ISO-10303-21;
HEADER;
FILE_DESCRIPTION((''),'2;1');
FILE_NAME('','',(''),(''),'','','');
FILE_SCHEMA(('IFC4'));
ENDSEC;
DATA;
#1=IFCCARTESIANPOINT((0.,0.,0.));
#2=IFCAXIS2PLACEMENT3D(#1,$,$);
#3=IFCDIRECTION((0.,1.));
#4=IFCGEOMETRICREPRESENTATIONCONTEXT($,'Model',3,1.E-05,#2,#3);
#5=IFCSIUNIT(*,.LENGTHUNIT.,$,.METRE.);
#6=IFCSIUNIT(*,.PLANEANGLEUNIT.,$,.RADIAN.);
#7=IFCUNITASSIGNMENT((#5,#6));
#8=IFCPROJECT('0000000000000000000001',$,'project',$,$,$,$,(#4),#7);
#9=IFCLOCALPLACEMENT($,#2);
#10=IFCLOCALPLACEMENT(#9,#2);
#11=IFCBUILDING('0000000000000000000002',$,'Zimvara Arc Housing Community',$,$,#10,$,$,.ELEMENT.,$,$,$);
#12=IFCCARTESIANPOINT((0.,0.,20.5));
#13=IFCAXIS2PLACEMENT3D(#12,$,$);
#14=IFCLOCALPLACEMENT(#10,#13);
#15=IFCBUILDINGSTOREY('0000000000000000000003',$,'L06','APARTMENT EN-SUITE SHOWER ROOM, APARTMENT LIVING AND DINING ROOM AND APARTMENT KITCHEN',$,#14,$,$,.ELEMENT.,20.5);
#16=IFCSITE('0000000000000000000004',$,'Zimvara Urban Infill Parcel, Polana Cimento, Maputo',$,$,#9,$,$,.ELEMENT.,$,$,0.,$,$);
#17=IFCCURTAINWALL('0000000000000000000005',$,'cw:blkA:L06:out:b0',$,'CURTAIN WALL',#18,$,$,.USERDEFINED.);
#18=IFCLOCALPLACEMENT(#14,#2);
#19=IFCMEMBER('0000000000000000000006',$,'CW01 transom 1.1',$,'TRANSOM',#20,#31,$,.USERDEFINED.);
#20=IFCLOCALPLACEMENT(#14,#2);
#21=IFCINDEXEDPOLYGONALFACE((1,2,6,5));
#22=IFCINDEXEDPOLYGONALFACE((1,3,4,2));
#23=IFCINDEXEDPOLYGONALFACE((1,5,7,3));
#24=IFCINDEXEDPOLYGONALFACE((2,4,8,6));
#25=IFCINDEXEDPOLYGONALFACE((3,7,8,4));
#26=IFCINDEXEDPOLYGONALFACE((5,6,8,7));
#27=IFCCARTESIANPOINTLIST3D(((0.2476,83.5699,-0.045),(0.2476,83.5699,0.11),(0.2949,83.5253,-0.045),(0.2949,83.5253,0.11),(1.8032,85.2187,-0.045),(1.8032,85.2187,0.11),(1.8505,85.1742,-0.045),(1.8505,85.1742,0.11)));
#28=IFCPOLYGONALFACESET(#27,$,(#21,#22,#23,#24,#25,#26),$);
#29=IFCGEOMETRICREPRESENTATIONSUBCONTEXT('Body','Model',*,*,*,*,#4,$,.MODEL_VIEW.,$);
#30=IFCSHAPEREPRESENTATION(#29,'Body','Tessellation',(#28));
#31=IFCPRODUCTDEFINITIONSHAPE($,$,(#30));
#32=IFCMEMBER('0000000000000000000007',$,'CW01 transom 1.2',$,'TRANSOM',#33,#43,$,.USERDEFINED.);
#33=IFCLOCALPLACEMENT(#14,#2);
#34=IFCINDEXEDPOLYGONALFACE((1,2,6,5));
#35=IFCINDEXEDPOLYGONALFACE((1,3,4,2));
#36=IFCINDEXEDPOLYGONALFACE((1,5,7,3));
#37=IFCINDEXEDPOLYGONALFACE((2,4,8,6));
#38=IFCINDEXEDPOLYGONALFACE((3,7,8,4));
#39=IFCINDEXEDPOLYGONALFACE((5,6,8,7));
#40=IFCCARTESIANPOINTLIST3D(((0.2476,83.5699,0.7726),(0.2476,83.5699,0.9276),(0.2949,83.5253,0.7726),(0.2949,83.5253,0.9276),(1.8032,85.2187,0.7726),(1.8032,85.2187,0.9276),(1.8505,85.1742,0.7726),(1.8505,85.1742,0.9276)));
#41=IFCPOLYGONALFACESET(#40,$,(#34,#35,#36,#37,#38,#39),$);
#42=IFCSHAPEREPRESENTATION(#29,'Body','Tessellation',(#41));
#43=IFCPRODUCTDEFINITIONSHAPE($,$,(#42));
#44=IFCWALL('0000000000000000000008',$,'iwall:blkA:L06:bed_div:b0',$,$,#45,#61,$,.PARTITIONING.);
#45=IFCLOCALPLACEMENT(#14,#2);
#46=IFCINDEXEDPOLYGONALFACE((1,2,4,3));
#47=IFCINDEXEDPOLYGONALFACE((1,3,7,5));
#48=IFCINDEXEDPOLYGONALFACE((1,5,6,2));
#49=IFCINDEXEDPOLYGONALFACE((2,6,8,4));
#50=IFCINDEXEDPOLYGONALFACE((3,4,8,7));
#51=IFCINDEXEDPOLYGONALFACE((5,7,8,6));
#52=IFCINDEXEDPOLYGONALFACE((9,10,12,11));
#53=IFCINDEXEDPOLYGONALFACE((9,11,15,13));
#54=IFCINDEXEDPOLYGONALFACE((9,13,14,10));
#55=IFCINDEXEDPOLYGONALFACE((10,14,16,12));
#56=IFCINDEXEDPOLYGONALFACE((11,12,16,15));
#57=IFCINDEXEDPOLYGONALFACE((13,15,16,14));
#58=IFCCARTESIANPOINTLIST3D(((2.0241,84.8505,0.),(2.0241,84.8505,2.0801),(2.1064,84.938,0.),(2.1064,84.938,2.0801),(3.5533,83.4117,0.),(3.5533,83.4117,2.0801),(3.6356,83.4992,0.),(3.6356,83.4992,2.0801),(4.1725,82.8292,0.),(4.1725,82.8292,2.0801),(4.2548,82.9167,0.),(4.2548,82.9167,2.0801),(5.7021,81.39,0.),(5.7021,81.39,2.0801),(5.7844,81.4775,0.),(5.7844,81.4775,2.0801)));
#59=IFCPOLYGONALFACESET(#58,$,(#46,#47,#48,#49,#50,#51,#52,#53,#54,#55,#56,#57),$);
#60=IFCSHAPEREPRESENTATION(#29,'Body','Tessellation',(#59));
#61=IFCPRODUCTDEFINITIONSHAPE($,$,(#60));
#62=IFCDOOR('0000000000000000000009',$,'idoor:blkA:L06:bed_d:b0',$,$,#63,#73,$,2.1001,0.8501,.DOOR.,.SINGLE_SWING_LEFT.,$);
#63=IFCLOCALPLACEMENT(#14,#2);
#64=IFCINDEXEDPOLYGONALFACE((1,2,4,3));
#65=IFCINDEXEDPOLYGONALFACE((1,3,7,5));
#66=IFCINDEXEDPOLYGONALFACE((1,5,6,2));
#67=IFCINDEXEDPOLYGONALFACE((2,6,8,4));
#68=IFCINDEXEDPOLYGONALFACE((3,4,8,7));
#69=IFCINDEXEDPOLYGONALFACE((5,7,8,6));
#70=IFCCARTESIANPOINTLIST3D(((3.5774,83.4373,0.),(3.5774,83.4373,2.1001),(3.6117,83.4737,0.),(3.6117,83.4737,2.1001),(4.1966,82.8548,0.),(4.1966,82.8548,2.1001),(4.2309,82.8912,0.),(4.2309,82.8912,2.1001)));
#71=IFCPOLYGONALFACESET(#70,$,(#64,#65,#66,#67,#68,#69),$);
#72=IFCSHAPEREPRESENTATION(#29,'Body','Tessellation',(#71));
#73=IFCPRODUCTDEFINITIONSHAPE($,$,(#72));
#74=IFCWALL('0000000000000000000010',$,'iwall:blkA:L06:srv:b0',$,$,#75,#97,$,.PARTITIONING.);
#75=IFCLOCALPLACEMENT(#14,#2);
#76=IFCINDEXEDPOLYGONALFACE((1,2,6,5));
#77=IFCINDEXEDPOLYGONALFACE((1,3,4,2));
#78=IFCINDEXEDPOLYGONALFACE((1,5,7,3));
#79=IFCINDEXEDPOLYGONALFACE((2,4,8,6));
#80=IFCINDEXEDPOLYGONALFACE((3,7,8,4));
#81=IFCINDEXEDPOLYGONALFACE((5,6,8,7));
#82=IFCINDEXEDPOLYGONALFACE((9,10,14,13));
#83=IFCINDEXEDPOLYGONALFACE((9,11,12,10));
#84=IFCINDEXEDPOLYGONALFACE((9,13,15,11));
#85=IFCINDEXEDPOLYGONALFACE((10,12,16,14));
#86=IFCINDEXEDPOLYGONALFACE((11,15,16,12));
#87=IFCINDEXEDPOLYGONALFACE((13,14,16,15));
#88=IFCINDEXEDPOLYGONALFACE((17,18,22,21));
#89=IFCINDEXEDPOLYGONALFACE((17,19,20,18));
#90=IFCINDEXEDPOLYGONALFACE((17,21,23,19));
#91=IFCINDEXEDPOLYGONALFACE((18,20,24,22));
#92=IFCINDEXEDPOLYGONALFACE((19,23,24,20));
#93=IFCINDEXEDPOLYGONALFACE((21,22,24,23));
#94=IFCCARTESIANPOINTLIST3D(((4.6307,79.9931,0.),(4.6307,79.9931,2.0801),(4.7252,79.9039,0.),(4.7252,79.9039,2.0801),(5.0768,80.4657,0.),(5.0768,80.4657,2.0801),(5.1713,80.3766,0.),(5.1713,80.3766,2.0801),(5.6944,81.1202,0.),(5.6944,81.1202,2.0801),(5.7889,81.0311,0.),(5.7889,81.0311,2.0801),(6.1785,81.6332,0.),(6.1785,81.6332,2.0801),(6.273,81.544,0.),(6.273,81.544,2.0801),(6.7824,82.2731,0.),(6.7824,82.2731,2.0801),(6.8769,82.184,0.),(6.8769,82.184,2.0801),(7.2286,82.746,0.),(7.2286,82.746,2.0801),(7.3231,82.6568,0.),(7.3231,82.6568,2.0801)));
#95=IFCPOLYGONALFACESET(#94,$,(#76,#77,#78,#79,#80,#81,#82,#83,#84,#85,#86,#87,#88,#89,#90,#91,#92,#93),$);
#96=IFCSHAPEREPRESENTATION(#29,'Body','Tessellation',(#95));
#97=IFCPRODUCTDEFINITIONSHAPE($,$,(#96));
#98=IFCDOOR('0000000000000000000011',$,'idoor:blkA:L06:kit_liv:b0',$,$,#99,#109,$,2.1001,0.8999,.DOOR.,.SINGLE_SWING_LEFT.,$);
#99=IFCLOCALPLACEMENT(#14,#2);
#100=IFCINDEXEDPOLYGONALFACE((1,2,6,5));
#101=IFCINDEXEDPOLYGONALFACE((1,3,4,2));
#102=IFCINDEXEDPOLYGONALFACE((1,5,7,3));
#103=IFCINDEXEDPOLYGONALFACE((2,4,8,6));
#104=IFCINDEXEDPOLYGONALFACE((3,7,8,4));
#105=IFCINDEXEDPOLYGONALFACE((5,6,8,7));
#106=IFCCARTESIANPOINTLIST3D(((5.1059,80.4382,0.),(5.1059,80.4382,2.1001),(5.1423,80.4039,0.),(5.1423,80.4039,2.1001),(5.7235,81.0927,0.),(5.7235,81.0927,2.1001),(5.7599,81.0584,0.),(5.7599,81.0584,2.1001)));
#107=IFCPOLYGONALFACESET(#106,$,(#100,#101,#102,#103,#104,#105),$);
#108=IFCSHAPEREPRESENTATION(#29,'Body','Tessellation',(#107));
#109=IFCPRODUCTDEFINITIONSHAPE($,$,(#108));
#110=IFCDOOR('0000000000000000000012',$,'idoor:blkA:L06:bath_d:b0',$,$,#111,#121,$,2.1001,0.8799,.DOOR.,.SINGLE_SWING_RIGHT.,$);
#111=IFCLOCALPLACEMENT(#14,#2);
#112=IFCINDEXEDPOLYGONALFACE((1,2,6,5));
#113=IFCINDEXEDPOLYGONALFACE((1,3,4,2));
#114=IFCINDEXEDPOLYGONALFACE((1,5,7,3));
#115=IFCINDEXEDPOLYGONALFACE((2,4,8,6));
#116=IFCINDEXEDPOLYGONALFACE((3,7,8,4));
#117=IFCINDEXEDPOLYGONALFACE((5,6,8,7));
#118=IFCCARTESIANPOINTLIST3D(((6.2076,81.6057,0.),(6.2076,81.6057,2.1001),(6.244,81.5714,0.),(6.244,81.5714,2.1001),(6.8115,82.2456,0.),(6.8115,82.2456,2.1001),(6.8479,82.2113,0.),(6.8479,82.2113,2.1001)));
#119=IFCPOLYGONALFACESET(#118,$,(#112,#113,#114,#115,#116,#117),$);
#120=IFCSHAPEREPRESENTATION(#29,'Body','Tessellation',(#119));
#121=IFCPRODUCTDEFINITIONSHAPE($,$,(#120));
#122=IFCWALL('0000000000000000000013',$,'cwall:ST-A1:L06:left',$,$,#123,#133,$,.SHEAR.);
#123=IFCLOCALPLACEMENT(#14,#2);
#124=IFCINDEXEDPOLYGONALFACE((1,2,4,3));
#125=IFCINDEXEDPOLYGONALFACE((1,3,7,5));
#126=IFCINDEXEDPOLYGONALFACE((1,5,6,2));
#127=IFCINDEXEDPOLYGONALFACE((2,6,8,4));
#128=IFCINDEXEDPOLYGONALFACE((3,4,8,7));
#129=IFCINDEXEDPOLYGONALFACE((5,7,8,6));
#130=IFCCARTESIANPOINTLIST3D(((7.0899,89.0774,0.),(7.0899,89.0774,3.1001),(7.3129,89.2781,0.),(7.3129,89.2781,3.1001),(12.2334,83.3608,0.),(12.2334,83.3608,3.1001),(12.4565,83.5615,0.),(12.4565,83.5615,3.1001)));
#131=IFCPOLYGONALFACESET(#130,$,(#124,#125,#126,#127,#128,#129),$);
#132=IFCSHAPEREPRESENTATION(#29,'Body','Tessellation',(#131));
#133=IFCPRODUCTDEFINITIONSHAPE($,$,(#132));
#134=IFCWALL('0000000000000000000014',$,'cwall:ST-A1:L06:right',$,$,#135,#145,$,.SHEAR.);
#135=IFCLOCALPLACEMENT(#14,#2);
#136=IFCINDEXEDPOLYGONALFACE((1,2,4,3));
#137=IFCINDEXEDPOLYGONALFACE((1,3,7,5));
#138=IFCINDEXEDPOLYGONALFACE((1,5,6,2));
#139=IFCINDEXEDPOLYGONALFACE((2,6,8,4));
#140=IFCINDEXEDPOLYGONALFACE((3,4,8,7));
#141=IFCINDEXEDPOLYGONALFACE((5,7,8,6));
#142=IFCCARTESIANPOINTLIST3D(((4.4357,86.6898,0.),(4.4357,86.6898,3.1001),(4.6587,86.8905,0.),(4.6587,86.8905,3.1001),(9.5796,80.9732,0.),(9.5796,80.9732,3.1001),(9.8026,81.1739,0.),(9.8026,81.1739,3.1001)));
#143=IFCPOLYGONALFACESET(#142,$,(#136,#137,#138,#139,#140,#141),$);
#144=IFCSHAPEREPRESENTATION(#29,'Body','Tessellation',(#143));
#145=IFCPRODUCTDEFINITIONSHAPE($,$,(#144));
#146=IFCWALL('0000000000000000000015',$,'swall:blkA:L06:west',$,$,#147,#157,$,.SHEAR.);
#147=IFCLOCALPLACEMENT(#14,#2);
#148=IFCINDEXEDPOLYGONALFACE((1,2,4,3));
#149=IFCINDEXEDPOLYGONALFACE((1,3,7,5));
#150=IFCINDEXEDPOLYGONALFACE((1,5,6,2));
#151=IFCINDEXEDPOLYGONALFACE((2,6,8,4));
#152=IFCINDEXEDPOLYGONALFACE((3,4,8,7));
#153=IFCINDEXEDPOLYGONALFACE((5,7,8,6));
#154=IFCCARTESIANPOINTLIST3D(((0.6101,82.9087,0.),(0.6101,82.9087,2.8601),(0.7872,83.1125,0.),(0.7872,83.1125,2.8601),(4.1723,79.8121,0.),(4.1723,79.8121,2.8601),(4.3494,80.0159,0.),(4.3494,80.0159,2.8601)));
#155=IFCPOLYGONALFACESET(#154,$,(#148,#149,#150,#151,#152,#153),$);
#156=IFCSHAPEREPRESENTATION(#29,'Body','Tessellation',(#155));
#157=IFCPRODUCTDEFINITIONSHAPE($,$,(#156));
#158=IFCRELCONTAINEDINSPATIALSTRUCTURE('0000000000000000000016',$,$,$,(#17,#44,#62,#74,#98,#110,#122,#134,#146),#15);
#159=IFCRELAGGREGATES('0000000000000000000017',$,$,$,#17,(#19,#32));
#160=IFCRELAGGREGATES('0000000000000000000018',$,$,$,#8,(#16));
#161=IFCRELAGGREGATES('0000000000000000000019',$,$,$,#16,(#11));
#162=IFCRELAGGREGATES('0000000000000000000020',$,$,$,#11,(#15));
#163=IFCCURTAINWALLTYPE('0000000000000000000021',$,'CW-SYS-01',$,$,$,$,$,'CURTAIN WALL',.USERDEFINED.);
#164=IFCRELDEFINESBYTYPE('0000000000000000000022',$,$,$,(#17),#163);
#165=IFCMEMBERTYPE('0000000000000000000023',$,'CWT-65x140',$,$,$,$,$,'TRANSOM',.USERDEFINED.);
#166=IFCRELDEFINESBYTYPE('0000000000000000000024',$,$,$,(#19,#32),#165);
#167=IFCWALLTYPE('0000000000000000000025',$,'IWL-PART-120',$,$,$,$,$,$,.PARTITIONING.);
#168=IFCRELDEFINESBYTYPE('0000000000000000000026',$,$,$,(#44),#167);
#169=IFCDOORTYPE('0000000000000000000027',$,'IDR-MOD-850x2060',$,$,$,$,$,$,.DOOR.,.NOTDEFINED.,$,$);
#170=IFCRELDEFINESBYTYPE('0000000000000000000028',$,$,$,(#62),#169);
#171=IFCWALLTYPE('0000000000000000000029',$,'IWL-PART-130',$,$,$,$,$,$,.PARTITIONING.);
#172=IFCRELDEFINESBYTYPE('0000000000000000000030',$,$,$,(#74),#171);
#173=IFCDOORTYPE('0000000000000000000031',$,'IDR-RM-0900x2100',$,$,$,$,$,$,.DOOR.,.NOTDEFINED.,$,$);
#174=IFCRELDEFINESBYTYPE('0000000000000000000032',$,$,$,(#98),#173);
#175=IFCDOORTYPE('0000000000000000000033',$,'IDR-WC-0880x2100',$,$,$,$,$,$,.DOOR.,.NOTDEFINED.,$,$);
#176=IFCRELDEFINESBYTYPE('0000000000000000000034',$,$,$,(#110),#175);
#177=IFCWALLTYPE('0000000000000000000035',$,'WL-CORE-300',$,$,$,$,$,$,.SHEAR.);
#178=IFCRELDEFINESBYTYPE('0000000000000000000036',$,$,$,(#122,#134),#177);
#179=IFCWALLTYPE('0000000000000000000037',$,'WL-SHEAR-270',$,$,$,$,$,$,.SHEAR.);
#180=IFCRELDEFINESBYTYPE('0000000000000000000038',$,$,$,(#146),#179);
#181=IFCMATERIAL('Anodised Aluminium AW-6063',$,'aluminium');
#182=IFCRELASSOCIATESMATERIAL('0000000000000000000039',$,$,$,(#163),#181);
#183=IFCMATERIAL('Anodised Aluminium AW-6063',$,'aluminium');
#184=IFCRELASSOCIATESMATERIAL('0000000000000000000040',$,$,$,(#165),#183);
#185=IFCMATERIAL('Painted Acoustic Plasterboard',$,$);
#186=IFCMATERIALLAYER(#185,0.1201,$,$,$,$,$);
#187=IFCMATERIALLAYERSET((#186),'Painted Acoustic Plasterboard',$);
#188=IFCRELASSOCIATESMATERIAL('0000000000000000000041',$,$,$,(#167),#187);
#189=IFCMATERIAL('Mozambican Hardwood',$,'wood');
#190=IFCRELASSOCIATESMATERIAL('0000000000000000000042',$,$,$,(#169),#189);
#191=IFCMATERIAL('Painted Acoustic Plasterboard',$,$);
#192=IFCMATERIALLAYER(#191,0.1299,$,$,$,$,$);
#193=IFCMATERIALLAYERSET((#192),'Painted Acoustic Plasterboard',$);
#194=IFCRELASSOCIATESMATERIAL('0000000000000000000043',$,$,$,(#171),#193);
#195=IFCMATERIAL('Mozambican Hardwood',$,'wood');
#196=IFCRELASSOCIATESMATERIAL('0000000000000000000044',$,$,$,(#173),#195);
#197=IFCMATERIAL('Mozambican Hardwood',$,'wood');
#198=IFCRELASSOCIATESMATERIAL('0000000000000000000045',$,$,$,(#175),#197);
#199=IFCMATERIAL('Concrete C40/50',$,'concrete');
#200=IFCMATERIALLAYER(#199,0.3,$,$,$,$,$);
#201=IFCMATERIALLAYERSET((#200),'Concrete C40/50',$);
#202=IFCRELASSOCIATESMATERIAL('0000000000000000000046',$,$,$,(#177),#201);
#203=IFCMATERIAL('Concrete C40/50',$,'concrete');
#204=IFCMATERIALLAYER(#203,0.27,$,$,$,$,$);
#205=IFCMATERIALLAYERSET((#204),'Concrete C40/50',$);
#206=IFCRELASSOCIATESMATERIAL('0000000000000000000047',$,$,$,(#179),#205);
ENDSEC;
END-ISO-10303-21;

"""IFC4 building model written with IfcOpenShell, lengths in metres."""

from ifc_helpers import new_model, si_unit, direction, frame, frame_2d, origin, origin_2d, place, context, subcontext, project, spatial, rectangle, extrude, material, layer, layer_set, material_profile, profile_set, type_object, element, fill, aggregate, save


model = new_model("IFC4")

# Units and contexts
model_context = context("Model", 3, precision=1e-05, world=origin(), true_north=direction((0.0, 1.0)))
body_context = subcontext(model_context, "Body", "Model", "MODEL_VIEW")
ifc_project = project(units=[si_unit("LENGTHUNIT", "METRE"), si_unit("PLANEANGLEUNIT", "RADIAN")], contexts=[model_context])

# Site, building, storey
site_placement = place(None, origin())
site = spatial("IfcSite", under=ifc_project, at=site_placement, Name="Zimvara Urban Infill Parcel, Polana Cimento, Maputo", CompositionType="ELEMENT", RefElevation=0.0)
building_placement = place(site_placement, origin())
building = spatial("IfcBuilding", under=site, at=building_placement, Name="Zimvara Arc Housing Community", CompositionType="ELEMENT")
storey_placement = place(building_placement, frame((0.0, 0.0, 20.5)))
storey = spatial("IfcBuildingStorey", under=building, at=storey_placement, Name="L06", Description="APARTMENT EN-SUITE SHOWER ROOM, APARTMENT LIVING AND DINING ROOM AND APARTMENT KITCHEN", CompositionType="ELEMENT", Elevation=20.5)

# Curtain wall
ifc_material_1 = material(Name="Anodised Aluminium AW-6063", Category="aluminium")
curtain_wall_type_1 = type_object("IfcCurtainWallType", Name="CW-SYS-01", ElementType="CURTAIN WALL", PredefinedType="USERDEFINED", material=ifc_material_1)
curtain_wall_1_placement = place(storey_placement, origin())
curtain_wall_1 = element("IfcCurtainWall", 1, at=curtain_wall_1_placement, inside=storey, type_object=curtain_wall_type_1, Name="cw:blkA:L06:out:b0", ObjectType="CURTAIN WALL", PredefinedType="USERDEFINED")

# Members
ifc_material_2 = material(Name="Anodised Aluminium AW-6063", Category="aluminium")
ifc_material_profile_1 = material_profile(ifc_material_2, rectangle(XDim=0.0649, YDim=0.155, at=origin_2d()), Name="ALU 65x155")
ifc_profile_set_1 = profile_set([ifc_material_profile_1], Name="Anodised Aluminium AW-6063")
member_type_1 = type_object("IfcMemberType", Name="CWT-65x140", ElementType="TRANSOM", PredefinedType="USERDEFINED", material=ifc_profile_set_1)
member_1_placement = place(storey_placement, frame((0.2712, 83.5476, 0.0325), z_axis=(0.686238, 0.727377, 0.0), x_axis=(-0.727377, 0.686238, 0.0)))
member_1 = element("IfcMember", 2, at=member_1_placement, type_object=member_type_1, Name="CW01 transom 1.1", ObjectType="TRANSOM", PredefinedType="USERDEFINED", context=body_context, shape_type="SweptSolid", body=[
    extrude(rectangle(XDim=0.0649, YDim=0.155, at=origin_2d()), origin(), (0.0, 0.0, 1.0), 2.2668),
])
member_2_placement = place(storey_placement, frame((0.2712, 83.5476, 0.8501), z_axis=(0.686238, 0.727377, 0.0), x_axis=(-0.727377, 0.686238, 0.0)))
member_2 = element("IfcMember", 3, at=member_2_placement, type_object=member_type_1, Name="CW01 transom 1.2", ObjectType="TRANSOM", PredefinedType="USERDEFINED", context=body_context, shape_type="SweptSolid", body=[
    extrude(rectangle(XDim=0.0649, YDim=0.155, at=origin_2d()), origin(), (0.0, 0.0, 1.0), 2.2668),
])
aggregate(curtain_wall_1, [member_1, member_2])

# Wall, opening, door
ifc_material_3 = material(Name="Painted Acoustic Plasterboard")
ifc_layer_1 = layer(ifc_material_3, 0.1201)
ifc_layer_set_1 = layer_set([ifc_layer_1], Name="Painted Acoustic Plasterboard")
wall_type_1 = type_object("IfcWallType", Name="IWL-PART-120", PredefinedType="PARTITIONING", material=ifc_layer_set_1)
wall_1_placement = place(storey_placement, frame((5.7432, 81.4338, 0.0), z_axis=(0.0, 0.0, 1.0), x_axis=(-0.728316, 0.685241, 0.0)))
wall_1 = element("IfcWall", 4, at=wall_1_placement, inside=storey, type_object=wall_type_1, Name="iwall:blkA:L06:bed_div:b0", PredefinedType="PARTITIONING", context=body_context, shape_type="SweptSolid", body=[
    extrude(rectangle(XDim=5.05, YDim=0.1201, at=frame_2d((2.5249, 0.0))), origin(), (0.0, 0.0, 1.0), 2.0801),
])
opening_1_placement = place(wall_1_placement, frame((2.1001, 0.0, 0.0)))
opening_1 = element("IfcOpeningElement", 5, at=opening_1_placement, cuts=wall_1, PredefinedType="OPENING", context=body_context, shape_type="SweptSolid", body=[
    extrude(rectangle(XDim=0.8501, YDim=2.1001, at=frame_2d((0.425, 1.05))), frame((0.0, 0.0701, 0.0), z_axis=(0.0, -1.0, 0.0), x_axis=(1.0, 0.0, 0.0)), (0.0, 0.0, 1.0), 0.1401),
])
ifc_material_4 = material(Name="Mozambican Hardwood", Category="wood")
door_type_1 = type_object("IfcDoorType", Name="IDR-MOD-850x2060", OperationType="NOTDEFINED", PredefinedType="DOOR", material=ifc_material_4)
door_1_placement = place(opening_1_placement, origin())
door_1 = element("IfcDoor", 6, at=door_1_placement, inside=storey, type_object=door_type_1, Name="idoor:blkA:L06:bed_d:b0", OperationType="SINGLE_SWING_LEFT", OverallHeight=2.1001, OverallWidth=0.8501, PredefinedType="DOOR", context=body_context, shape_type="SweptSolid", body=[
    extrude(rectangle(XDim=0.8501, YDim=2.1001, at=frame_2d((0.425, 1.05))), frame((0.0, 0.0249, 0.0), z_axis=(0.0, -1.0, 0.0), x_axis=(1.0, 0.0, 0.0)), (0.0, 0.0, 1.0), 0.05),
])
fill(opening_1, door_1)

# Wall, openings, doors
ifc_material_5 = material(Name="Painted Acoustic Plasterboard")
ifc_layer_2 = layer(ifc_material_5, 0.1299)
ifc_layer_set_2 = layer_set([ifc_layer_2], Name="Painted Acoustic Plasterboard")
wall_type_2 = type_object("IfcWallType", Name="IWL-PART-130", PredefinedType="PARTITIONING", material=ifc_layer_set_2)
wall_2_placement = place(storey_placement, frame((4.678, 79.9485, 0.0), z_axis=(0.0, 0.0, 1.0), x_axis=(0.686332, 0.727289, 0.0)))
wall_2 = element("IfcWall", 7, at=wall_2_placement, inside=storey, type_object=wall_type_2, Name="iwall:blkA:L06:srv:b0", PredefinedType="PARTITIONING", context=body_context, shape_type="SweptSolid", body=[
    extrude(rectangle(XDim=3.7852, YDim=0.1299, at=frame_2d((1.8926, 0.0))), origin(), (0.0, 0.0, 1.0), 2.0801),
])
opening_2_placement = place(wall_2_placement, frame((0.6499, 0.0, 0.0)))
opening_2 = element("IfcOpeningElement", 8, at=opening_2_placement, cuts=wall_2, PredefinedType="OPENING", context=body_context, shape_type="SweptSolid", body=[
    extrude(rectangle(XDim=0.8999, YDim=2.1001, at=frame_2d((0.45, 1.05))), frame((0.0, 0.075, 0.0), z_axis=(0.0, -1.0, 0.0), x_axis=(1.0, 0.0, 0.0)), (0.0, 0.0, 1.0), 0.1499),
])
opening_3_placement = place(wall_2_placement, frame((2.2551, 0.0, 0.0)))
opening_3 = element("IfcOpeningElement", 9, at=opening_3_placement, cuts=wall_2, PredefinedType="OPENING", context=body_context, shape_type="SweptSolid", body=[
    extrude(rectangle(XDim=0.8799, YDim=2.1001, at=frame_2d((0.4399, 1.05))), frame((0.0, 0.075, 0.0), z_axis=(0.0, -1.0, 0.0), x_axis=(1.0, 0.0, 0.0)), (0.0, 0.0, 1.0), 0.1499),
])
ifc_material_6 = material(Name="Mozambican Hardwood", Category="wood")
door_type_2 = type_object("IfcDoorType", Name="IDR-RM-0900x2100", OperationType="NOTDEFINED", PredefinedType="DOOR", material=ifc_material_6)
door_2_placement = place(opening_2_placement, origin())
door_2 = element("IfcDoor", 10, at=door_2_placement, inside=storey, type_object=door_type_2, Name="idoor:blkA:L06:kit_liv:b0", OperationType="SINGLE_SWING_LEFT", OverallHeight=2.1001, OverallWidth=0.8999, PredefinedType="DOOR", context=body_context, shape_type="SweptSolid", body=[
    extrude(rectangle(XDim=0.8999, YDim=2.1001, at=frame_2d((0.45, 1.05))), frame((0.0, 0.0249, 0.0), z_axis=(0.0, -1.0, 0.0), x_axis=(1.0, 0.0, 0.0)), (0.0, 0.0, 1.0), 0.05),
])
fill(opening_2, door_2)
ifc_material_7 = material(Name="Mozambican Hardwood", Category="wood")
door_type_3 = type_object("IfcDoorType", Name="IDR-WC-0880x2100", OperationType="NOTDEFINED", PredefinedType="DOOR", material=ifc_material_7)
door_3_placement = place(opening_3_placement, origin())
door_3 = element("IfcDoor", 11, at=door_3_placement, inside=storey, type_object=door_type_3, Name="idoor:blkA:L06:bath_d:b0", OperationType="SINGLE_SWING_RIGHT", OverallHeight=2.1001, OverallWidth=0.8799, PredefinedType="DOOR", context=body_context, shape_type="SweptSolid", body=[
    extrude(rectangle(XDim=0.8799, YDim=2.1001, at=frame_2d((0.4399, 1.05))), frame((0.0, 0.0249, 0.0), z_axis=(0.0, -1.0, 0.0), x_axis=(1.0, 0.0, 0.0)), (0.0, 0.0, 1.0), 0.05),
])
fill(opening_3, door_3)

# Shared definitions
ifc_material_8 = material(Name="Concrete C40/50", Category="concrete")
ifc_layer_3 = layer(ifc_material_8, 0.3)
ifc_layer_set_3 = layer_set([ifc_layer_3], Name="Concrete C40/50")
wall_type_3 = type_object("IfcWallType", Name="WL-CORE-300", PredefinedType="SHEAR", material=ifc_layer_set_3)

# Walls
wall_3_placement = place(storey_placement, frame((12.345, 83.4612, 0.0), z_axis=(0.0, 0.0, 1.0), x_axis=(-0.668868, 0.743381, 0.0)))
element("IfcWall", 12, at=wall_3_placement, inside=storey, type_object=wall_type_3, Name="cwall:ST-A1:L06:left", PredefinedType="SHEAR", context=body_context, shape_type="SweptSolid", body=[
    extrude(rectangle(XDim=7.6899, YDim=0.3, at=frame_2d((3.845, 0.0))), origin(), (0.0, 0.0, 1.0), 3.1001),
])
wall_4_placement = place(storey_placement, frame((9.6912, 81.0735, 0.0), z_axis=(0.0, 0.0, 1.0), x_axis=(-0.668886, 0.743365, 0.0)))
element("IfcWall", 13, at=wall_4_placement, inside=storey, type_object=wall_type_3, Name="cwall:ST-A1:L06:right", PredefinedType="SHEAR", context=body_context, shape_type="SweptSolid", body=[
    extrude(rectangle(XDim=7.6902, YDim=0.3, at=frame_2d((3.8452, 0.0))), origin(), (0.0, 0.0, 1.0), 3.1001),
])
ifc_material_9 = material(Name="Concrete C40/50", Category="concrete")
ifc_layer_4 = layer(ifc_material_9, 0.27)
ifc_layer_set_4 = layer_set([ifc_layer_4], Name="Concrete C40/50")
wall_type_4 = type_object("IfcWallType", Name="WL-SHEAR-270", PredefinedType="SHEAR", material=ifc_layer_set_4)
wall_5_placement = place(storey_placement, frame((4.2607, 79.9141, 0.0), z_axis=(0.0, 0.0, 1.0), x_axis=(-0.754704, 0.656066, 0.0)))
element("IfcWall", 14, at=wall_5_placement, inside=storey, type_object=wall_type_4, Name="swall:blkA:L06:west", PredefinedType="SHEAR", context=body_context, shape_type="SweptSolid", body=[
    extrude(rectangle(XDim=4.72, YDim=0.27, at=frame_2d((2.3599, 0.0))), origin(), (0.0, 0.0, 1.0), 2.8601),
])

save(model, "model.ifc")
